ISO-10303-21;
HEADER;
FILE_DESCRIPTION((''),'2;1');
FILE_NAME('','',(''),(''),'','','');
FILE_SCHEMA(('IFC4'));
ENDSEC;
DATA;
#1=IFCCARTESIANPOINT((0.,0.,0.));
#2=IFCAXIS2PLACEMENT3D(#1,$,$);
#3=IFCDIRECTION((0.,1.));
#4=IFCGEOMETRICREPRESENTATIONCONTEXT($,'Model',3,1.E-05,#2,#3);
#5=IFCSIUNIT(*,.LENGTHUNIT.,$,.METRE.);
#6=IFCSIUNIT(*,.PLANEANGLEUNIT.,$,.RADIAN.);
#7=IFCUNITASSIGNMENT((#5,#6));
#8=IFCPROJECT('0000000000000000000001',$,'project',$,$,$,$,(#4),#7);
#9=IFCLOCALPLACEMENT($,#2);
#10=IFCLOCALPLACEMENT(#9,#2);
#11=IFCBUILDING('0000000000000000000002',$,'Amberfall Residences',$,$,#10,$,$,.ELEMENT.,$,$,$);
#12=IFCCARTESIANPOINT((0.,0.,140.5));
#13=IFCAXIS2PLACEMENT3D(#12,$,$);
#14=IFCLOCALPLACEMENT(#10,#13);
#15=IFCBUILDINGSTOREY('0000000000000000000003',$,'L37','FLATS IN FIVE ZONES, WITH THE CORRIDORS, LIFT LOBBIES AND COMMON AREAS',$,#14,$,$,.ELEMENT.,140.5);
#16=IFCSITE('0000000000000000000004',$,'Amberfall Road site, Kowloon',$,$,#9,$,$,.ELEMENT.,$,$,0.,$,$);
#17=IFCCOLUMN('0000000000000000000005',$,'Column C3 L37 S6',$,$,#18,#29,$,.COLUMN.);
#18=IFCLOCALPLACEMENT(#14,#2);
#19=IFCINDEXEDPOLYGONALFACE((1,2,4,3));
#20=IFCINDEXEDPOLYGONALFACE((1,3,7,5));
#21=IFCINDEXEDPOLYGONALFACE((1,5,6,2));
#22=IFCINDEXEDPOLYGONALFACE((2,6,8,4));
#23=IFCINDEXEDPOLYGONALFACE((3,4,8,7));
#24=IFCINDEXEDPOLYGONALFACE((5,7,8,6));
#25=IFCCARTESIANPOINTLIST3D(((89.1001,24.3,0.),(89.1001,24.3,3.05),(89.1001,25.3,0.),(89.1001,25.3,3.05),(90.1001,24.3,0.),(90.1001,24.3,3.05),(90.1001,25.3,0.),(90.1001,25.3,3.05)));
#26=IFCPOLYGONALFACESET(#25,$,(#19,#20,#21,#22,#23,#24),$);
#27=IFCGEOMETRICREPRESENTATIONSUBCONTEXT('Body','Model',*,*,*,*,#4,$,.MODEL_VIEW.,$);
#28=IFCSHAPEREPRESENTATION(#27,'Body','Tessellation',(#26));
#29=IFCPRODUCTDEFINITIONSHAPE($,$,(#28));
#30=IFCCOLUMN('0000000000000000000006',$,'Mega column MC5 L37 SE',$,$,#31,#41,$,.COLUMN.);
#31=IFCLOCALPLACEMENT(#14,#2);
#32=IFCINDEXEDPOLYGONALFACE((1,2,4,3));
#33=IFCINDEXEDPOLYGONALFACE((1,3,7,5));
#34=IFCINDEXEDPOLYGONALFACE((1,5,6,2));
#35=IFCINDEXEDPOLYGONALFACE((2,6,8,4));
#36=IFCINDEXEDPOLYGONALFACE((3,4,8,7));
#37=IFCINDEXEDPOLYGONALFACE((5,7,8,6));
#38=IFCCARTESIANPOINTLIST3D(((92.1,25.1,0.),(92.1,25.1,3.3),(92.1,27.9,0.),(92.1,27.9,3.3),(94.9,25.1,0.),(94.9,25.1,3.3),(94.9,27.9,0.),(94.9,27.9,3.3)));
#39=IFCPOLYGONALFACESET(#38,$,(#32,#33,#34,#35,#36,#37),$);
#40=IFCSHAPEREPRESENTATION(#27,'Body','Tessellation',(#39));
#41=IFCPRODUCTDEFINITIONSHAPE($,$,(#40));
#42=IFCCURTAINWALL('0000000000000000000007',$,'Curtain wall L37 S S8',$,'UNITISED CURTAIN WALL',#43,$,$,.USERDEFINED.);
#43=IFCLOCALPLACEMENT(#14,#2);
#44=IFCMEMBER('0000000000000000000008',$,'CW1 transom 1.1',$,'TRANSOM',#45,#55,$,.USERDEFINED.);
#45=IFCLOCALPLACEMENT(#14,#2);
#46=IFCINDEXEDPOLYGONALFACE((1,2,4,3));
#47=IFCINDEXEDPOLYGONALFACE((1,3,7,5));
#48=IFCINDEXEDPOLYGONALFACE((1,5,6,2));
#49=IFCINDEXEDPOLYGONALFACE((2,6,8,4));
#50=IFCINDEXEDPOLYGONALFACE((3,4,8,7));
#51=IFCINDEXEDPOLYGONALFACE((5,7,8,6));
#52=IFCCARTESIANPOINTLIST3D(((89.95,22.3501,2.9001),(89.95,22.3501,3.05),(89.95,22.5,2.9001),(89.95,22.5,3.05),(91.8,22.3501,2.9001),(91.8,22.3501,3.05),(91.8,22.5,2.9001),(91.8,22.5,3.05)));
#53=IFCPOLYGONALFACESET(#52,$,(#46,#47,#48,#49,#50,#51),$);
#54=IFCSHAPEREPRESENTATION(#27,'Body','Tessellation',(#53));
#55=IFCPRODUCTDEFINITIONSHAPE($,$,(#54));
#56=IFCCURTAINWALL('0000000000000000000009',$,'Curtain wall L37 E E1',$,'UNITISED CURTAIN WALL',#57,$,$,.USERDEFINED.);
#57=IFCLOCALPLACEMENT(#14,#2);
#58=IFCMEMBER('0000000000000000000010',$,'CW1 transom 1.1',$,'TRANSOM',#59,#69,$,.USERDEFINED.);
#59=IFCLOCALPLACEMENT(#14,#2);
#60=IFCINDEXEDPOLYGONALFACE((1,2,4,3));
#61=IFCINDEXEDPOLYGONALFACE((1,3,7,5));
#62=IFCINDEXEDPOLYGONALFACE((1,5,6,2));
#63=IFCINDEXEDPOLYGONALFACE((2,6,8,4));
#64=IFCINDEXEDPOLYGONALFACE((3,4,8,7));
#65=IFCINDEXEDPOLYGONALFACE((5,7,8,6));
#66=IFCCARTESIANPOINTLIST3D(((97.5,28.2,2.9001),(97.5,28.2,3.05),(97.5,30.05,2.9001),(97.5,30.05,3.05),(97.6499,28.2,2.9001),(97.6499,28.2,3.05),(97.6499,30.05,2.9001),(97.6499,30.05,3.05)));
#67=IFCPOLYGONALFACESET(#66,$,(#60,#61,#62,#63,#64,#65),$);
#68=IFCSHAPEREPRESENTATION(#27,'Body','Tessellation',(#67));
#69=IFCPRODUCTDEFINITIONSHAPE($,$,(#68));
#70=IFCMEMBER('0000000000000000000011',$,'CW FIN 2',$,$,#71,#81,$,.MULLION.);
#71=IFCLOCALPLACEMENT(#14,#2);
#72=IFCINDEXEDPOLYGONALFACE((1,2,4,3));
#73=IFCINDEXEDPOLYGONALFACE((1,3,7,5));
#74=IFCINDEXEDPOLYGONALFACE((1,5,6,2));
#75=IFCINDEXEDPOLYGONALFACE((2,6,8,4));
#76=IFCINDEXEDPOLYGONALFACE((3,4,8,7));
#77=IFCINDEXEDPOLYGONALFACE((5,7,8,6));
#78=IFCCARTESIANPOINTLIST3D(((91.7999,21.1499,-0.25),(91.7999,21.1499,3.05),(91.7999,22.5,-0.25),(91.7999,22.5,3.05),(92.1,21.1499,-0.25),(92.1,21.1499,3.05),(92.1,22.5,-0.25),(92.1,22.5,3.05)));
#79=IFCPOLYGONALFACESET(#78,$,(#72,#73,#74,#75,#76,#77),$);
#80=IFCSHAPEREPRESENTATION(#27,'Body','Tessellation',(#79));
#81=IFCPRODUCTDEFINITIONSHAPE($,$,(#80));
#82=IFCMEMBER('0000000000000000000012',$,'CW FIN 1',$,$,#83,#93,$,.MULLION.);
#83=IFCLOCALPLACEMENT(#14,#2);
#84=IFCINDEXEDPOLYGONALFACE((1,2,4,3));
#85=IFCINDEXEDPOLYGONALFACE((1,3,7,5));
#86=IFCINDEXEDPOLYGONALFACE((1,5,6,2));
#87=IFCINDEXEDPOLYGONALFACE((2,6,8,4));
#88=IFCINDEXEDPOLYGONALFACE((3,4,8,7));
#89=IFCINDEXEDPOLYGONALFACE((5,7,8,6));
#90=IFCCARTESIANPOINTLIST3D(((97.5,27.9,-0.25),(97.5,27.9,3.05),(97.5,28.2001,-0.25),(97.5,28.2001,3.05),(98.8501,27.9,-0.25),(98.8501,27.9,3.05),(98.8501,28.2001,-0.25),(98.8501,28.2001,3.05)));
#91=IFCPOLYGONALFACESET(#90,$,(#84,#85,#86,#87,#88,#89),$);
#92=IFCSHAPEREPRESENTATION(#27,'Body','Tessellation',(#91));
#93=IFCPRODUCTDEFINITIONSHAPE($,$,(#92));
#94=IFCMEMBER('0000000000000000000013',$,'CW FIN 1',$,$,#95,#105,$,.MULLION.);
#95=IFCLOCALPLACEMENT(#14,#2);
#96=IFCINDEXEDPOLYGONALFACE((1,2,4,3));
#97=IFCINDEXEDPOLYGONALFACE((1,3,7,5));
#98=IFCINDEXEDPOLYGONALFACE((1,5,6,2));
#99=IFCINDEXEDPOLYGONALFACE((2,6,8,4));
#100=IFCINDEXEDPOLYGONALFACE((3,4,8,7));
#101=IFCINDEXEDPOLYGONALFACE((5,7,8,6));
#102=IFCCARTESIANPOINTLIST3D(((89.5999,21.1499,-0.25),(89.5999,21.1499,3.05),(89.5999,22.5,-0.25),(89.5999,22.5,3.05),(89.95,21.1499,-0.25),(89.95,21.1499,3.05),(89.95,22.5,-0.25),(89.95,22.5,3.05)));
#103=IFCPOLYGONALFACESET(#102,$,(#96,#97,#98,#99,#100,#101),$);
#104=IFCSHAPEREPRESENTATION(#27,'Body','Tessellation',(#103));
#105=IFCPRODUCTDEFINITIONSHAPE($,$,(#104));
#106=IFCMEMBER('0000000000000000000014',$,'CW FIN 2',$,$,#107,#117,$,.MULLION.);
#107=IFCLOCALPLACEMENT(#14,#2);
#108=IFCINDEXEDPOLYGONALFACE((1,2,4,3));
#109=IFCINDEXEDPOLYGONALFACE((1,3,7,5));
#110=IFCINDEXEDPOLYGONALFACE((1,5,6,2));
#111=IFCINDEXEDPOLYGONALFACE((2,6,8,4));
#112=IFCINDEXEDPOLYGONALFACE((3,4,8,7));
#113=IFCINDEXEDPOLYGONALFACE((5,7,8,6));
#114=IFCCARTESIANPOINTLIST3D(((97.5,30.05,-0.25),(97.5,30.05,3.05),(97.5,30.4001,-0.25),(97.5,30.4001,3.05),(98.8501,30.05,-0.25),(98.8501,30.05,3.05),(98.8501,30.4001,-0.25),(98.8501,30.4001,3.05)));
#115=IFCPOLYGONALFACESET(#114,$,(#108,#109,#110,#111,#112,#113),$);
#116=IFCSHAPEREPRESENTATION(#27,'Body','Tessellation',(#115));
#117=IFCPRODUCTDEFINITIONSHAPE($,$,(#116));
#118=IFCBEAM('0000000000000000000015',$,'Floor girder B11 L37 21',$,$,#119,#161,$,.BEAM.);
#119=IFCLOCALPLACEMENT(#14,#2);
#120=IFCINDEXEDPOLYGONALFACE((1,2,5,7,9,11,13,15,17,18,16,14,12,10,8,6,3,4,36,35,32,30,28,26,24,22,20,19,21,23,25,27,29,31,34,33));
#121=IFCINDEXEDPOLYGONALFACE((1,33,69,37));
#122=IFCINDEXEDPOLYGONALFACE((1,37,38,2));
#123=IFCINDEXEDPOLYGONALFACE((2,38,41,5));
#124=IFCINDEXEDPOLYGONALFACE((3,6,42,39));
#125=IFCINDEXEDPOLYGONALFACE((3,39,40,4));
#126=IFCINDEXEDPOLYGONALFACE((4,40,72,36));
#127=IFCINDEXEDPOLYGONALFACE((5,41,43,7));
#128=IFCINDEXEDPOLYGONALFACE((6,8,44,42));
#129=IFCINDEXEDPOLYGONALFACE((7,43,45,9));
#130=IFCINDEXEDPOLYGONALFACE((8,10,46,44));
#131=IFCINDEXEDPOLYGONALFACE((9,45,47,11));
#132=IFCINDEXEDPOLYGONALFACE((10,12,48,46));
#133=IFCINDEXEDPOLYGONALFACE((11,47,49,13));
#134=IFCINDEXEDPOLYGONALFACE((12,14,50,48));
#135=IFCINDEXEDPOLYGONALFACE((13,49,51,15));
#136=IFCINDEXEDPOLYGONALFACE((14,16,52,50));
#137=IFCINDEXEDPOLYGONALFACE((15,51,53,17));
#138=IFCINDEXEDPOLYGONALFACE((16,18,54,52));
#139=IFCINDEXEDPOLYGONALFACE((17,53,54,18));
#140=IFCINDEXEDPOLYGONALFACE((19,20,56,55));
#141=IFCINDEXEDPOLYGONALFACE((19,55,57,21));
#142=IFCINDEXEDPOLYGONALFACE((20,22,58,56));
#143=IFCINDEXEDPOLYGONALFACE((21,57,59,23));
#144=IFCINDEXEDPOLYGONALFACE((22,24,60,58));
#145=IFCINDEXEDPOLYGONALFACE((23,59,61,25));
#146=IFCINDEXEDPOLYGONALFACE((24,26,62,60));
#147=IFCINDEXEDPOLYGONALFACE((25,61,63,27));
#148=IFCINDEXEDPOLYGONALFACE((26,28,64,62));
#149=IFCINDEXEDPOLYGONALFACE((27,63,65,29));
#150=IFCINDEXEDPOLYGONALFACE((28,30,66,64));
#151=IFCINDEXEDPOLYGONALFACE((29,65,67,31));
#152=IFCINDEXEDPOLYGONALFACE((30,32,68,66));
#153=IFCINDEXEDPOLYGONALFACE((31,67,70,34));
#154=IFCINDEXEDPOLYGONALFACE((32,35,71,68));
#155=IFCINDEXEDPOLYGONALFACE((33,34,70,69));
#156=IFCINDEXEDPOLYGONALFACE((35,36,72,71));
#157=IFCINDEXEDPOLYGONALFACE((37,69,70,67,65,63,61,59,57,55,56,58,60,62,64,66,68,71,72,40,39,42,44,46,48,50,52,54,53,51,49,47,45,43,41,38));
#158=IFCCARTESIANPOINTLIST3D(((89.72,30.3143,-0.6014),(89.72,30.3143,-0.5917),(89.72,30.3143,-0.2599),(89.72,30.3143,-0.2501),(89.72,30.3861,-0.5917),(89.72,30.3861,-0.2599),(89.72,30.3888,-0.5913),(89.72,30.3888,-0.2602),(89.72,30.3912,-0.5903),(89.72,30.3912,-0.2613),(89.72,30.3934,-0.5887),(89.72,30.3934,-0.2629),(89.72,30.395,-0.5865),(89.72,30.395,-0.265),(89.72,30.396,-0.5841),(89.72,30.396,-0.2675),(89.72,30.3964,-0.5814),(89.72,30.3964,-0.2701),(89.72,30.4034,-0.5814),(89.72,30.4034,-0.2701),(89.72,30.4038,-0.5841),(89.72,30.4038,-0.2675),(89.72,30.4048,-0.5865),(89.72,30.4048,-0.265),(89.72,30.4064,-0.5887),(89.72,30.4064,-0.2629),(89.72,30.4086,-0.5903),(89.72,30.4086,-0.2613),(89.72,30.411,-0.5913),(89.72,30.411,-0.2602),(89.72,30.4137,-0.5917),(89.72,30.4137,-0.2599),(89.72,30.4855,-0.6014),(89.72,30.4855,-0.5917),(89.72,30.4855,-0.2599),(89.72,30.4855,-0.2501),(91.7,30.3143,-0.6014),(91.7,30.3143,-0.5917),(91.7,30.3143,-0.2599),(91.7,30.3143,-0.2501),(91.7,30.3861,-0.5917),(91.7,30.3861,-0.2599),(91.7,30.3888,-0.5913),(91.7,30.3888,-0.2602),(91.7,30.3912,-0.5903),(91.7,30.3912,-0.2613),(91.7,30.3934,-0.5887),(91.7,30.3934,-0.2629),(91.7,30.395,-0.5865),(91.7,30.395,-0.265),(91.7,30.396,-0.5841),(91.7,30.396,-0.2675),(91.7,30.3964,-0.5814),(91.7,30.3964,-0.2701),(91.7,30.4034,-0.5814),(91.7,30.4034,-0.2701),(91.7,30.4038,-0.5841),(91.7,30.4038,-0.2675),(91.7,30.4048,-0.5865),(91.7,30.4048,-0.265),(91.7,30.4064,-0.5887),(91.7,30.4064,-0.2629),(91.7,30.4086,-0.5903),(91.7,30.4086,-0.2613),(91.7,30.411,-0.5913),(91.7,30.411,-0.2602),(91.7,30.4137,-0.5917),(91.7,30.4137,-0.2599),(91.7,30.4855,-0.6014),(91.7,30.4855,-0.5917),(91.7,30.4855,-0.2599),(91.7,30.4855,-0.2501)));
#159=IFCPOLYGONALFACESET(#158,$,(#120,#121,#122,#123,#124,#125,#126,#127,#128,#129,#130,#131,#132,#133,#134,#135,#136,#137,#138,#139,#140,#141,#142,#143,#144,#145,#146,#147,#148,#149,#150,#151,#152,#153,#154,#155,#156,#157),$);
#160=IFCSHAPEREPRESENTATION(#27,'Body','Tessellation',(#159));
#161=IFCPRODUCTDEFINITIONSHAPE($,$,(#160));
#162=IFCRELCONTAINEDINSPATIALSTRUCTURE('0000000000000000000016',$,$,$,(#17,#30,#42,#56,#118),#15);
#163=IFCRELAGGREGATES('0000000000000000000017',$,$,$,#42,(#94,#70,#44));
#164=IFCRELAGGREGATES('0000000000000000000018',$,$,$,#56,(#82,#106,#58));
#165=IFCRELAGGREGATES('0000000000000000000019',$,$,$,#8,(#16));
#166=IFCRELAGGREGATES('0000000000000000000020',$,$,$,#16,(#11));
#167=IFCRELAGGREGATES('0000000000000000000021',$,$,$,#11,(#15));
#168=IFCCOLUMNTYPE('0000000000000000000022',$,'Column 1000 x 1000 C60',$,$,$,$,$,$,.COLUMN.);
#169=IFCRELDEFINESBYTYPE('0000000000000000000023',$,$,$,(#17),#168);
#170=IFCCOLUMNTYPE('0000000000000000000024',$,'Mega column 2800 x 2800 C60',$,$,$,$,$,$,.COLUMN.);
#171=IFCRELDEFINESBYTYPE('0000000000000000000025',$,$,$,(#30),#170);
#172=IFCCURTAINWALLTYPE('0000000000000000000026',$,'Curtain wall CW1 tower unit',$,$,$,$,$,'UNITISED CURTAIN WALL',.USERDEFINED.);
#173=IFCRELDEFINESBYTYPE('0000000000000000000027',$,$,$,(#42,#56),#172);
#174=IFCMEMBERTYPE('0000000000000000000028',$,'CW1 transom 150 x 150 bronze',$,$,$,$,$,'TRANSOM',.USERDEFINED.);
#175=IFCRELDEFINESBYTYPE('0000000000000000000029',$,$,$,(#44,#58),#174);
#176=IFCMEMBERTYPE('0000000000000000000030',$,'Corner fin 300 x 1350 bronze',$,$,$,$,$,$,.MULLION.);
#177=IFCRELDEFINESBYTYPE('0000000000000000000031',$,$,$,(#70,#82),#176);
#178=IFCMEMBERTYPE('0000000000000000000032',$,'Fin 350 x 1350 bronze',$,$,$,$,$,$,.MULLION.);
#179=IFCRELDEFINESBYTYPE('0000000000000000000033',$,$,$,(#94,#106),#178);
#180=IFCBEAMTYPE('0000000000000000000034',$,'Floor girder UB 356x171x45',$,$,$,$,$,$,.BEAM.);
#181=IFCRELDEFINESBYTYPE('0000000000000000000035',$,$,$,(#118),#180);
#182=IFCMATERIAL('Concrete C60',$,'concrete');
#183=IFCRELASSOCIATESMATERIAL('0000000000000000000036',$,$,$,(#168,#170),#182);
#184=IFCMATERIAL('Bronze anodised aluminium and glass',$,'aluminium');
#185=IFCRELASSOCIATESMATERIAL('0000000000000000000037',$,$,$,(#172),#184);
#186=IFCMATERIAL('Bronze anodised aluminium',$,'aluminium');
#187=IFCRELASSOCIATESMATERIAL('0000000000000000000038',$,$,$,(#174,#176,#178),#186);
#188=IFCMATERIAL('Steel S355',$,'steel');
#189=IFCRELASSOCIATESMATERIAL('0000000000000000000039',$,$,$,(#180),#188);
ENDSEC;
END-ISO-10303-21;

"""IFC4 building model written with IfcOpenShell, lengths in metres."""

from ifc_helpers import new_model, si_unit, direction, frame, origin, origin_2d, place, context, subcontext, project, spatial, rectangle, i_section, extrude, material, material_profile, profile_set, type_object, element, aggregate, save


model = new_model("IFC4")

# Units and contexts
model_context = context("Model", 3, precision=1e-05, world=origin(), true_north=direction((0.0, 1.0)))
body_context = subcontext(model_context, "Body", "Model", "MODEL_VIEW")
ifc_project = project(units=[si_unit("LENGTHUNIT", "METRE"), si_unit("PLANEANGLEUNIT", "RADIAN")], contexts=[model_context])

# Site, building, storey
site_placement = place(None, origin())
site = spatial("IfcSite", under=ifc_project, at=site_placement, Name="Amberfall Road site, Kowloon", CompositionType="ELEMENT", RefElevation=0.0)
building_placement = place(site_placement, origin())
building = spatial("IfcBuilding", under=site, at=building_placement, Name="Amberfall Residences", CompositionType="ELEMENT")
storey_placement = place(building_placement, frame((0.0, 0.0, 140.5)))
storey = spatial("IfcBuildingStorey", under=building, at=storey_placement, Name="L37", Description="FLATS IN FIVE ZONES, WITH THE CORRIDORS, LIFT LOBBIES AND COMMON AREAS", CompositionType="ELEMENT", Elevation=140.5)

# Columns
ifc_material_1 = material(Name="Concrete C60", Category="concrete")
ifc_material_profile_1 = material_profile(ifc_material_1, rectangle(XDim=1.0, YDim=1.0, at=origin_2d()), Name="Column 1000 x 1000 C60")
ifc_profile_set_1 = profile_set([ifc_material_profile_1], Name="Concrete C60")
column_type_1 = type_object("IfcColumnType", Name="Column 1000 x 1000 C60", PredefinedType="COLUMN", material=ifc_profile_set_1)
column_1_placement = place(storey_placement, frame((89.6001, 24.8, 0.0), z_axis=(0.0, 0.0, 1.0), x_axis=(1.0, 0.0, 0.0)))
element("IfcColumn", 1, at=column_1_placement, inside=storey, type_object=column_type_1, Name="Column C3 L37 S6", PredefinedType="COLUMN", context=body_context, shape_type="SweptSolid", body=[
    extrude(rectangle(XDim=1.0, YDim=1.0, at=origin_2d()), origin(), (0.0, 0.0, 1.0), 3.05),
])
ifc_material_profile_2 = material_profile(ifc_material_1, rectangle(XDim=2.8, YDim=2.8, at=origin_2d()), Name="Mega column 2800 x 2800 C60")
ifc_profile_set_2 = profile_set([ifc_material_profile_2], Name="Concrete C60")
column_type_2 = type_object("IfcColumnType", Name="Mega column 2800 x 2800 C60", PredefinedType="COLUMN", material=ifc_profile_set_2)
column_2_placement = place(storey_placement, frame((93.5, 26.5, 0.0), z_axis=(0.0, 0.0, 1.0), x_axis=(1.0, 0.0, 0.0)))
element("IfcColumn", 2, at=column_2_placement, inside=storey, type_object=column_type_2, Name="Mega column MC5 L37 SE", PredefinedType="COLUMN", context=body_context, shape_type="SweptSolid", body=[
    extrude(rectangle(XDim=2.8, YDim=2.8, at=origin_2d()), origin(), (0.0, 0.0, 1.0), 3.3),
])

# Curtain walls, members
ifc_material_2 = material(Name="Bronze anodised aluminium and glass", Category="aluminium")
curtain_wall_type = type_object("IfcCurtainWallType", Name="Curtain wall CW1 tower unit", ElementType="UNITISED CURTAIN WALL", PredefinedType="USERDEFINED", material=ifc_material_2)
curtain_wall_1_placement = place(storey_placement, origin())
curtain_wall_1 = element("IfcCurtainWall", 3, at=curtain_wall_1_placement, inside=storey, type_object=curtain_wall_type, Name="Curtain wall L37 S S8", ObjectType="UNITISED CURTAIN WALL", PredefinedType="USERDEFINED")
ifc_material_3 = material(Name="Bronze anodised aluminium", Category="aluminium")
ifc_material_profile_3 = material_profile(ifc_material_3, rectangle(XDim=0.1499, YDim=0.1499, at=origin_2d()), Name="CW1 transom 150 x 150 bronze")
ifc_profile_set_3 = profile_set([ifc_material_profile_3], Name="Bronze anodised aluminium")
member_type_1 = type_object("IfcMemberType", Name="CW1 transom 150 x 150 bronze", ElementType="TRANSOM", PredefinedType="USERDEFINED", material=ifc_profile_set_3)
member_1_placement = place(storey_placement, frame((89.95, 22.425, 2.9751), z_axis=(1.0, 0.0, 0.0), x_axis=(0.0, 1.0, 0.0)))
member_1 = element("IfcMember", 4, at=member_1_placement, type_object=member_type_1, Name="CW1 transom 1.1", ObjectType="TRANSOM", PredefinedType="USERDEFINED", context=body_context, shape_type="SweptSolid", body=[
    extrude(rectangle(XDim=0.1499, YDim=0.1499, at=origin_2d()), origin(), (0.0, 0.0, 1.0), 1.8501),
])
curtain_wall_2_placement = place(storey_placement, origin())
curtain_wall_2 = element("IfcCurtainWall", 5, at=curtain_wall_2_placement, inside=storey, type_object=curtain_wall_type, Name="Curtain wall L37 E E1", ObjectType="UNITISED CURTAIN WALL", PredefinedType="USERDEFINED")
member_2_placement = place(storey_placement, frame((97.575, 28.2, 2.9751), z_axis=(0.0, 1.0, 0.0), x_axis=(-1.0, 0.0, 0.0)))
member_2 = element("IfcMember", 6, at=member_2_placement, type_object=member_type_1, Name="CW1 transom 1.1", ObjectType="TRANSOM", PredefinedType="USERDEFINED", context=body_context, shape_type="SweptSolid", body=[
    extrude(rectangle(XDim=0.1499, YDim=0.1499, at=origin_2d()), origin(), (0.0, 0.0, 1.0), 1.8501),
])

# Members
ifc_material_profile_4 = material_profile(ifc_material_3, rectangle(XDim=1.3501, YDim=0.3, at=origin_2d()), Name="Corner fin 300 x 1350 bronze")
ifc_profile_set_4 = profile_set([ifc_material_profile_4], Name="Bronze anodised aluminium")
member_type_2 = type_object("IfcMemberType", Name="Corner fin 300 x 1350 bronze", PredefinedType="MULLION", material=ifc_profile_set_4)
member_3_placement = place(storey_placement, frame((91.95, 21.825, -0.25), z_axis=(0.0, 0.0, 1.0), x_axis=(0.0, 1.0, 0.0)))
member_3 = element("IfcMember", 7, at=member_3_placement, type_object=member_type_2, Name="CW FIN 2", PredefinedType="MULLION", context=body_context, shape_type="SweptSolid", body=[
    extrude(rectangle(XDim=1.3501, YDim=0.3, at=origin_2d()), origin(), (0.0, 0.0, 1.0), 3.3),
])
member_4_placement = place(storey_placement, frame((98.175, 28.05, -0.25), z_axis=(0.0, 0.0, 1.0), x_axis=(-1.0, 0.0, 0.0)))
member_4 = element("IfcMember", 8, at=member_4_placement, type_object=member_type_2, Name="CW FIN 1", PredefinedType="MULLION", context=body_context, shape_type="SweptSolid", body=[
    extrude(rectangle(XDim=1.3501, YDim=0.3, at=origin_2d()), origin(), (0.0, 0.0, 1.0), 3.3),
])
ifc_material_profile_5 = material_profile(ifc_material_3, rectangle(XDim=1.3501, YDim=0.3501, at=origin_2d()), Name="Fin 350 x 1350 bronze")
ifc_profile_set_5 = profile_set([ifc_material_profile_5], Name="Bronze anodised aluminium")
member_type_3 = type_object("IfcMemberType", Name="Fin 350 x 1350 bronze", PredefinedType="MULLION", material=ifc_profile_set_5)
member_5_placement = place(storey_placement, frame((89.7749, 21.825, -0.25), z_axis=(0.0, 0.0, 1.0), x_axis=(0.0, 1.0, 0.0)))
member_5 = element("IfcMember", 9, at=member_5_placement, type_object=member_type_3, Name="CW FIN 1", PredefinedType="MULLION", context=body_context, shape_type="SweptSolid", body=[
    extrude(rectangle(XDim=1.3501, YDim=0.3501, at=origin_2d()), origin(), (0.0, 0.0, 1.0), 3.3),
])
member_6_placement = place(storey_placement, frame((98.175, 30.2251, -0.25), z_axis=(0.0, 0.0, 1.0), x_axis=(-1.0, 0.0, 0.0)))
member_6 = element("IfcMember", 10, at=member_6_placement, type_object=member_type_3, Name="CW FIN 2", PredefinedType="MULLION", context=body_context, shape_type="SweptSolid", body=[
    extrude(rectangle(XDim=1.3501, YDim=0.3501, at=origin_2d()), origin(), (0.0, 0.0, 1.0), 3.3),
])

# Beam
ifc_material_4 = material(Name="Steel S355", Category="steel")
ifc_material_profile_6 = material_profile(ifc_material_4, i_section(OverallWidth=0.1711, OverallDepth=0.3513, WebThickness=0.0071, FlangeThickness=0.0098, FilletRadius=0.0103, at=origin_2d()), Name="UB 356x171x45")
ifc_profile_set_6 = profile_set([ifc_material_profile_6], Name="Steel S355")
beam_type_1 = type_object("IfcBeamType", Name="Floor girder UB 356x171x45", PredefinedType="BEAM", material=ifc_profile_set_6)
beam_1_placement = place(storey_placement, frame((91.7, 30.3999, -0.4258), z_axis=(-1.0, 0.0, 0.0), x_axis=(0.0, -1.0, 0.0)))
element("IfcBeam", 11, at=beam_1_placement, inside=storey, type_object=beam_type_1, Name="Floor girder B11 L37 21", PredefinedType="BEAM", context=body_context, shape_type="SweptSolid", body=[
    extrude(i_section(OverallWidth=0.1711, OverallDepth=0.3513, WebThickness=0.0071, FlangeThickness=0.0098, FilletRadius=0.0103, at=origin_2d()), origin(), (0.0, 0.0, 1.0), 1.98),
])

aggregate(curtain_wall_1, [member_5, member_3, member_1])
aggregate(curtain_wall_2, [member_4, member_6, member_2])

save(model, "model.ifc")
